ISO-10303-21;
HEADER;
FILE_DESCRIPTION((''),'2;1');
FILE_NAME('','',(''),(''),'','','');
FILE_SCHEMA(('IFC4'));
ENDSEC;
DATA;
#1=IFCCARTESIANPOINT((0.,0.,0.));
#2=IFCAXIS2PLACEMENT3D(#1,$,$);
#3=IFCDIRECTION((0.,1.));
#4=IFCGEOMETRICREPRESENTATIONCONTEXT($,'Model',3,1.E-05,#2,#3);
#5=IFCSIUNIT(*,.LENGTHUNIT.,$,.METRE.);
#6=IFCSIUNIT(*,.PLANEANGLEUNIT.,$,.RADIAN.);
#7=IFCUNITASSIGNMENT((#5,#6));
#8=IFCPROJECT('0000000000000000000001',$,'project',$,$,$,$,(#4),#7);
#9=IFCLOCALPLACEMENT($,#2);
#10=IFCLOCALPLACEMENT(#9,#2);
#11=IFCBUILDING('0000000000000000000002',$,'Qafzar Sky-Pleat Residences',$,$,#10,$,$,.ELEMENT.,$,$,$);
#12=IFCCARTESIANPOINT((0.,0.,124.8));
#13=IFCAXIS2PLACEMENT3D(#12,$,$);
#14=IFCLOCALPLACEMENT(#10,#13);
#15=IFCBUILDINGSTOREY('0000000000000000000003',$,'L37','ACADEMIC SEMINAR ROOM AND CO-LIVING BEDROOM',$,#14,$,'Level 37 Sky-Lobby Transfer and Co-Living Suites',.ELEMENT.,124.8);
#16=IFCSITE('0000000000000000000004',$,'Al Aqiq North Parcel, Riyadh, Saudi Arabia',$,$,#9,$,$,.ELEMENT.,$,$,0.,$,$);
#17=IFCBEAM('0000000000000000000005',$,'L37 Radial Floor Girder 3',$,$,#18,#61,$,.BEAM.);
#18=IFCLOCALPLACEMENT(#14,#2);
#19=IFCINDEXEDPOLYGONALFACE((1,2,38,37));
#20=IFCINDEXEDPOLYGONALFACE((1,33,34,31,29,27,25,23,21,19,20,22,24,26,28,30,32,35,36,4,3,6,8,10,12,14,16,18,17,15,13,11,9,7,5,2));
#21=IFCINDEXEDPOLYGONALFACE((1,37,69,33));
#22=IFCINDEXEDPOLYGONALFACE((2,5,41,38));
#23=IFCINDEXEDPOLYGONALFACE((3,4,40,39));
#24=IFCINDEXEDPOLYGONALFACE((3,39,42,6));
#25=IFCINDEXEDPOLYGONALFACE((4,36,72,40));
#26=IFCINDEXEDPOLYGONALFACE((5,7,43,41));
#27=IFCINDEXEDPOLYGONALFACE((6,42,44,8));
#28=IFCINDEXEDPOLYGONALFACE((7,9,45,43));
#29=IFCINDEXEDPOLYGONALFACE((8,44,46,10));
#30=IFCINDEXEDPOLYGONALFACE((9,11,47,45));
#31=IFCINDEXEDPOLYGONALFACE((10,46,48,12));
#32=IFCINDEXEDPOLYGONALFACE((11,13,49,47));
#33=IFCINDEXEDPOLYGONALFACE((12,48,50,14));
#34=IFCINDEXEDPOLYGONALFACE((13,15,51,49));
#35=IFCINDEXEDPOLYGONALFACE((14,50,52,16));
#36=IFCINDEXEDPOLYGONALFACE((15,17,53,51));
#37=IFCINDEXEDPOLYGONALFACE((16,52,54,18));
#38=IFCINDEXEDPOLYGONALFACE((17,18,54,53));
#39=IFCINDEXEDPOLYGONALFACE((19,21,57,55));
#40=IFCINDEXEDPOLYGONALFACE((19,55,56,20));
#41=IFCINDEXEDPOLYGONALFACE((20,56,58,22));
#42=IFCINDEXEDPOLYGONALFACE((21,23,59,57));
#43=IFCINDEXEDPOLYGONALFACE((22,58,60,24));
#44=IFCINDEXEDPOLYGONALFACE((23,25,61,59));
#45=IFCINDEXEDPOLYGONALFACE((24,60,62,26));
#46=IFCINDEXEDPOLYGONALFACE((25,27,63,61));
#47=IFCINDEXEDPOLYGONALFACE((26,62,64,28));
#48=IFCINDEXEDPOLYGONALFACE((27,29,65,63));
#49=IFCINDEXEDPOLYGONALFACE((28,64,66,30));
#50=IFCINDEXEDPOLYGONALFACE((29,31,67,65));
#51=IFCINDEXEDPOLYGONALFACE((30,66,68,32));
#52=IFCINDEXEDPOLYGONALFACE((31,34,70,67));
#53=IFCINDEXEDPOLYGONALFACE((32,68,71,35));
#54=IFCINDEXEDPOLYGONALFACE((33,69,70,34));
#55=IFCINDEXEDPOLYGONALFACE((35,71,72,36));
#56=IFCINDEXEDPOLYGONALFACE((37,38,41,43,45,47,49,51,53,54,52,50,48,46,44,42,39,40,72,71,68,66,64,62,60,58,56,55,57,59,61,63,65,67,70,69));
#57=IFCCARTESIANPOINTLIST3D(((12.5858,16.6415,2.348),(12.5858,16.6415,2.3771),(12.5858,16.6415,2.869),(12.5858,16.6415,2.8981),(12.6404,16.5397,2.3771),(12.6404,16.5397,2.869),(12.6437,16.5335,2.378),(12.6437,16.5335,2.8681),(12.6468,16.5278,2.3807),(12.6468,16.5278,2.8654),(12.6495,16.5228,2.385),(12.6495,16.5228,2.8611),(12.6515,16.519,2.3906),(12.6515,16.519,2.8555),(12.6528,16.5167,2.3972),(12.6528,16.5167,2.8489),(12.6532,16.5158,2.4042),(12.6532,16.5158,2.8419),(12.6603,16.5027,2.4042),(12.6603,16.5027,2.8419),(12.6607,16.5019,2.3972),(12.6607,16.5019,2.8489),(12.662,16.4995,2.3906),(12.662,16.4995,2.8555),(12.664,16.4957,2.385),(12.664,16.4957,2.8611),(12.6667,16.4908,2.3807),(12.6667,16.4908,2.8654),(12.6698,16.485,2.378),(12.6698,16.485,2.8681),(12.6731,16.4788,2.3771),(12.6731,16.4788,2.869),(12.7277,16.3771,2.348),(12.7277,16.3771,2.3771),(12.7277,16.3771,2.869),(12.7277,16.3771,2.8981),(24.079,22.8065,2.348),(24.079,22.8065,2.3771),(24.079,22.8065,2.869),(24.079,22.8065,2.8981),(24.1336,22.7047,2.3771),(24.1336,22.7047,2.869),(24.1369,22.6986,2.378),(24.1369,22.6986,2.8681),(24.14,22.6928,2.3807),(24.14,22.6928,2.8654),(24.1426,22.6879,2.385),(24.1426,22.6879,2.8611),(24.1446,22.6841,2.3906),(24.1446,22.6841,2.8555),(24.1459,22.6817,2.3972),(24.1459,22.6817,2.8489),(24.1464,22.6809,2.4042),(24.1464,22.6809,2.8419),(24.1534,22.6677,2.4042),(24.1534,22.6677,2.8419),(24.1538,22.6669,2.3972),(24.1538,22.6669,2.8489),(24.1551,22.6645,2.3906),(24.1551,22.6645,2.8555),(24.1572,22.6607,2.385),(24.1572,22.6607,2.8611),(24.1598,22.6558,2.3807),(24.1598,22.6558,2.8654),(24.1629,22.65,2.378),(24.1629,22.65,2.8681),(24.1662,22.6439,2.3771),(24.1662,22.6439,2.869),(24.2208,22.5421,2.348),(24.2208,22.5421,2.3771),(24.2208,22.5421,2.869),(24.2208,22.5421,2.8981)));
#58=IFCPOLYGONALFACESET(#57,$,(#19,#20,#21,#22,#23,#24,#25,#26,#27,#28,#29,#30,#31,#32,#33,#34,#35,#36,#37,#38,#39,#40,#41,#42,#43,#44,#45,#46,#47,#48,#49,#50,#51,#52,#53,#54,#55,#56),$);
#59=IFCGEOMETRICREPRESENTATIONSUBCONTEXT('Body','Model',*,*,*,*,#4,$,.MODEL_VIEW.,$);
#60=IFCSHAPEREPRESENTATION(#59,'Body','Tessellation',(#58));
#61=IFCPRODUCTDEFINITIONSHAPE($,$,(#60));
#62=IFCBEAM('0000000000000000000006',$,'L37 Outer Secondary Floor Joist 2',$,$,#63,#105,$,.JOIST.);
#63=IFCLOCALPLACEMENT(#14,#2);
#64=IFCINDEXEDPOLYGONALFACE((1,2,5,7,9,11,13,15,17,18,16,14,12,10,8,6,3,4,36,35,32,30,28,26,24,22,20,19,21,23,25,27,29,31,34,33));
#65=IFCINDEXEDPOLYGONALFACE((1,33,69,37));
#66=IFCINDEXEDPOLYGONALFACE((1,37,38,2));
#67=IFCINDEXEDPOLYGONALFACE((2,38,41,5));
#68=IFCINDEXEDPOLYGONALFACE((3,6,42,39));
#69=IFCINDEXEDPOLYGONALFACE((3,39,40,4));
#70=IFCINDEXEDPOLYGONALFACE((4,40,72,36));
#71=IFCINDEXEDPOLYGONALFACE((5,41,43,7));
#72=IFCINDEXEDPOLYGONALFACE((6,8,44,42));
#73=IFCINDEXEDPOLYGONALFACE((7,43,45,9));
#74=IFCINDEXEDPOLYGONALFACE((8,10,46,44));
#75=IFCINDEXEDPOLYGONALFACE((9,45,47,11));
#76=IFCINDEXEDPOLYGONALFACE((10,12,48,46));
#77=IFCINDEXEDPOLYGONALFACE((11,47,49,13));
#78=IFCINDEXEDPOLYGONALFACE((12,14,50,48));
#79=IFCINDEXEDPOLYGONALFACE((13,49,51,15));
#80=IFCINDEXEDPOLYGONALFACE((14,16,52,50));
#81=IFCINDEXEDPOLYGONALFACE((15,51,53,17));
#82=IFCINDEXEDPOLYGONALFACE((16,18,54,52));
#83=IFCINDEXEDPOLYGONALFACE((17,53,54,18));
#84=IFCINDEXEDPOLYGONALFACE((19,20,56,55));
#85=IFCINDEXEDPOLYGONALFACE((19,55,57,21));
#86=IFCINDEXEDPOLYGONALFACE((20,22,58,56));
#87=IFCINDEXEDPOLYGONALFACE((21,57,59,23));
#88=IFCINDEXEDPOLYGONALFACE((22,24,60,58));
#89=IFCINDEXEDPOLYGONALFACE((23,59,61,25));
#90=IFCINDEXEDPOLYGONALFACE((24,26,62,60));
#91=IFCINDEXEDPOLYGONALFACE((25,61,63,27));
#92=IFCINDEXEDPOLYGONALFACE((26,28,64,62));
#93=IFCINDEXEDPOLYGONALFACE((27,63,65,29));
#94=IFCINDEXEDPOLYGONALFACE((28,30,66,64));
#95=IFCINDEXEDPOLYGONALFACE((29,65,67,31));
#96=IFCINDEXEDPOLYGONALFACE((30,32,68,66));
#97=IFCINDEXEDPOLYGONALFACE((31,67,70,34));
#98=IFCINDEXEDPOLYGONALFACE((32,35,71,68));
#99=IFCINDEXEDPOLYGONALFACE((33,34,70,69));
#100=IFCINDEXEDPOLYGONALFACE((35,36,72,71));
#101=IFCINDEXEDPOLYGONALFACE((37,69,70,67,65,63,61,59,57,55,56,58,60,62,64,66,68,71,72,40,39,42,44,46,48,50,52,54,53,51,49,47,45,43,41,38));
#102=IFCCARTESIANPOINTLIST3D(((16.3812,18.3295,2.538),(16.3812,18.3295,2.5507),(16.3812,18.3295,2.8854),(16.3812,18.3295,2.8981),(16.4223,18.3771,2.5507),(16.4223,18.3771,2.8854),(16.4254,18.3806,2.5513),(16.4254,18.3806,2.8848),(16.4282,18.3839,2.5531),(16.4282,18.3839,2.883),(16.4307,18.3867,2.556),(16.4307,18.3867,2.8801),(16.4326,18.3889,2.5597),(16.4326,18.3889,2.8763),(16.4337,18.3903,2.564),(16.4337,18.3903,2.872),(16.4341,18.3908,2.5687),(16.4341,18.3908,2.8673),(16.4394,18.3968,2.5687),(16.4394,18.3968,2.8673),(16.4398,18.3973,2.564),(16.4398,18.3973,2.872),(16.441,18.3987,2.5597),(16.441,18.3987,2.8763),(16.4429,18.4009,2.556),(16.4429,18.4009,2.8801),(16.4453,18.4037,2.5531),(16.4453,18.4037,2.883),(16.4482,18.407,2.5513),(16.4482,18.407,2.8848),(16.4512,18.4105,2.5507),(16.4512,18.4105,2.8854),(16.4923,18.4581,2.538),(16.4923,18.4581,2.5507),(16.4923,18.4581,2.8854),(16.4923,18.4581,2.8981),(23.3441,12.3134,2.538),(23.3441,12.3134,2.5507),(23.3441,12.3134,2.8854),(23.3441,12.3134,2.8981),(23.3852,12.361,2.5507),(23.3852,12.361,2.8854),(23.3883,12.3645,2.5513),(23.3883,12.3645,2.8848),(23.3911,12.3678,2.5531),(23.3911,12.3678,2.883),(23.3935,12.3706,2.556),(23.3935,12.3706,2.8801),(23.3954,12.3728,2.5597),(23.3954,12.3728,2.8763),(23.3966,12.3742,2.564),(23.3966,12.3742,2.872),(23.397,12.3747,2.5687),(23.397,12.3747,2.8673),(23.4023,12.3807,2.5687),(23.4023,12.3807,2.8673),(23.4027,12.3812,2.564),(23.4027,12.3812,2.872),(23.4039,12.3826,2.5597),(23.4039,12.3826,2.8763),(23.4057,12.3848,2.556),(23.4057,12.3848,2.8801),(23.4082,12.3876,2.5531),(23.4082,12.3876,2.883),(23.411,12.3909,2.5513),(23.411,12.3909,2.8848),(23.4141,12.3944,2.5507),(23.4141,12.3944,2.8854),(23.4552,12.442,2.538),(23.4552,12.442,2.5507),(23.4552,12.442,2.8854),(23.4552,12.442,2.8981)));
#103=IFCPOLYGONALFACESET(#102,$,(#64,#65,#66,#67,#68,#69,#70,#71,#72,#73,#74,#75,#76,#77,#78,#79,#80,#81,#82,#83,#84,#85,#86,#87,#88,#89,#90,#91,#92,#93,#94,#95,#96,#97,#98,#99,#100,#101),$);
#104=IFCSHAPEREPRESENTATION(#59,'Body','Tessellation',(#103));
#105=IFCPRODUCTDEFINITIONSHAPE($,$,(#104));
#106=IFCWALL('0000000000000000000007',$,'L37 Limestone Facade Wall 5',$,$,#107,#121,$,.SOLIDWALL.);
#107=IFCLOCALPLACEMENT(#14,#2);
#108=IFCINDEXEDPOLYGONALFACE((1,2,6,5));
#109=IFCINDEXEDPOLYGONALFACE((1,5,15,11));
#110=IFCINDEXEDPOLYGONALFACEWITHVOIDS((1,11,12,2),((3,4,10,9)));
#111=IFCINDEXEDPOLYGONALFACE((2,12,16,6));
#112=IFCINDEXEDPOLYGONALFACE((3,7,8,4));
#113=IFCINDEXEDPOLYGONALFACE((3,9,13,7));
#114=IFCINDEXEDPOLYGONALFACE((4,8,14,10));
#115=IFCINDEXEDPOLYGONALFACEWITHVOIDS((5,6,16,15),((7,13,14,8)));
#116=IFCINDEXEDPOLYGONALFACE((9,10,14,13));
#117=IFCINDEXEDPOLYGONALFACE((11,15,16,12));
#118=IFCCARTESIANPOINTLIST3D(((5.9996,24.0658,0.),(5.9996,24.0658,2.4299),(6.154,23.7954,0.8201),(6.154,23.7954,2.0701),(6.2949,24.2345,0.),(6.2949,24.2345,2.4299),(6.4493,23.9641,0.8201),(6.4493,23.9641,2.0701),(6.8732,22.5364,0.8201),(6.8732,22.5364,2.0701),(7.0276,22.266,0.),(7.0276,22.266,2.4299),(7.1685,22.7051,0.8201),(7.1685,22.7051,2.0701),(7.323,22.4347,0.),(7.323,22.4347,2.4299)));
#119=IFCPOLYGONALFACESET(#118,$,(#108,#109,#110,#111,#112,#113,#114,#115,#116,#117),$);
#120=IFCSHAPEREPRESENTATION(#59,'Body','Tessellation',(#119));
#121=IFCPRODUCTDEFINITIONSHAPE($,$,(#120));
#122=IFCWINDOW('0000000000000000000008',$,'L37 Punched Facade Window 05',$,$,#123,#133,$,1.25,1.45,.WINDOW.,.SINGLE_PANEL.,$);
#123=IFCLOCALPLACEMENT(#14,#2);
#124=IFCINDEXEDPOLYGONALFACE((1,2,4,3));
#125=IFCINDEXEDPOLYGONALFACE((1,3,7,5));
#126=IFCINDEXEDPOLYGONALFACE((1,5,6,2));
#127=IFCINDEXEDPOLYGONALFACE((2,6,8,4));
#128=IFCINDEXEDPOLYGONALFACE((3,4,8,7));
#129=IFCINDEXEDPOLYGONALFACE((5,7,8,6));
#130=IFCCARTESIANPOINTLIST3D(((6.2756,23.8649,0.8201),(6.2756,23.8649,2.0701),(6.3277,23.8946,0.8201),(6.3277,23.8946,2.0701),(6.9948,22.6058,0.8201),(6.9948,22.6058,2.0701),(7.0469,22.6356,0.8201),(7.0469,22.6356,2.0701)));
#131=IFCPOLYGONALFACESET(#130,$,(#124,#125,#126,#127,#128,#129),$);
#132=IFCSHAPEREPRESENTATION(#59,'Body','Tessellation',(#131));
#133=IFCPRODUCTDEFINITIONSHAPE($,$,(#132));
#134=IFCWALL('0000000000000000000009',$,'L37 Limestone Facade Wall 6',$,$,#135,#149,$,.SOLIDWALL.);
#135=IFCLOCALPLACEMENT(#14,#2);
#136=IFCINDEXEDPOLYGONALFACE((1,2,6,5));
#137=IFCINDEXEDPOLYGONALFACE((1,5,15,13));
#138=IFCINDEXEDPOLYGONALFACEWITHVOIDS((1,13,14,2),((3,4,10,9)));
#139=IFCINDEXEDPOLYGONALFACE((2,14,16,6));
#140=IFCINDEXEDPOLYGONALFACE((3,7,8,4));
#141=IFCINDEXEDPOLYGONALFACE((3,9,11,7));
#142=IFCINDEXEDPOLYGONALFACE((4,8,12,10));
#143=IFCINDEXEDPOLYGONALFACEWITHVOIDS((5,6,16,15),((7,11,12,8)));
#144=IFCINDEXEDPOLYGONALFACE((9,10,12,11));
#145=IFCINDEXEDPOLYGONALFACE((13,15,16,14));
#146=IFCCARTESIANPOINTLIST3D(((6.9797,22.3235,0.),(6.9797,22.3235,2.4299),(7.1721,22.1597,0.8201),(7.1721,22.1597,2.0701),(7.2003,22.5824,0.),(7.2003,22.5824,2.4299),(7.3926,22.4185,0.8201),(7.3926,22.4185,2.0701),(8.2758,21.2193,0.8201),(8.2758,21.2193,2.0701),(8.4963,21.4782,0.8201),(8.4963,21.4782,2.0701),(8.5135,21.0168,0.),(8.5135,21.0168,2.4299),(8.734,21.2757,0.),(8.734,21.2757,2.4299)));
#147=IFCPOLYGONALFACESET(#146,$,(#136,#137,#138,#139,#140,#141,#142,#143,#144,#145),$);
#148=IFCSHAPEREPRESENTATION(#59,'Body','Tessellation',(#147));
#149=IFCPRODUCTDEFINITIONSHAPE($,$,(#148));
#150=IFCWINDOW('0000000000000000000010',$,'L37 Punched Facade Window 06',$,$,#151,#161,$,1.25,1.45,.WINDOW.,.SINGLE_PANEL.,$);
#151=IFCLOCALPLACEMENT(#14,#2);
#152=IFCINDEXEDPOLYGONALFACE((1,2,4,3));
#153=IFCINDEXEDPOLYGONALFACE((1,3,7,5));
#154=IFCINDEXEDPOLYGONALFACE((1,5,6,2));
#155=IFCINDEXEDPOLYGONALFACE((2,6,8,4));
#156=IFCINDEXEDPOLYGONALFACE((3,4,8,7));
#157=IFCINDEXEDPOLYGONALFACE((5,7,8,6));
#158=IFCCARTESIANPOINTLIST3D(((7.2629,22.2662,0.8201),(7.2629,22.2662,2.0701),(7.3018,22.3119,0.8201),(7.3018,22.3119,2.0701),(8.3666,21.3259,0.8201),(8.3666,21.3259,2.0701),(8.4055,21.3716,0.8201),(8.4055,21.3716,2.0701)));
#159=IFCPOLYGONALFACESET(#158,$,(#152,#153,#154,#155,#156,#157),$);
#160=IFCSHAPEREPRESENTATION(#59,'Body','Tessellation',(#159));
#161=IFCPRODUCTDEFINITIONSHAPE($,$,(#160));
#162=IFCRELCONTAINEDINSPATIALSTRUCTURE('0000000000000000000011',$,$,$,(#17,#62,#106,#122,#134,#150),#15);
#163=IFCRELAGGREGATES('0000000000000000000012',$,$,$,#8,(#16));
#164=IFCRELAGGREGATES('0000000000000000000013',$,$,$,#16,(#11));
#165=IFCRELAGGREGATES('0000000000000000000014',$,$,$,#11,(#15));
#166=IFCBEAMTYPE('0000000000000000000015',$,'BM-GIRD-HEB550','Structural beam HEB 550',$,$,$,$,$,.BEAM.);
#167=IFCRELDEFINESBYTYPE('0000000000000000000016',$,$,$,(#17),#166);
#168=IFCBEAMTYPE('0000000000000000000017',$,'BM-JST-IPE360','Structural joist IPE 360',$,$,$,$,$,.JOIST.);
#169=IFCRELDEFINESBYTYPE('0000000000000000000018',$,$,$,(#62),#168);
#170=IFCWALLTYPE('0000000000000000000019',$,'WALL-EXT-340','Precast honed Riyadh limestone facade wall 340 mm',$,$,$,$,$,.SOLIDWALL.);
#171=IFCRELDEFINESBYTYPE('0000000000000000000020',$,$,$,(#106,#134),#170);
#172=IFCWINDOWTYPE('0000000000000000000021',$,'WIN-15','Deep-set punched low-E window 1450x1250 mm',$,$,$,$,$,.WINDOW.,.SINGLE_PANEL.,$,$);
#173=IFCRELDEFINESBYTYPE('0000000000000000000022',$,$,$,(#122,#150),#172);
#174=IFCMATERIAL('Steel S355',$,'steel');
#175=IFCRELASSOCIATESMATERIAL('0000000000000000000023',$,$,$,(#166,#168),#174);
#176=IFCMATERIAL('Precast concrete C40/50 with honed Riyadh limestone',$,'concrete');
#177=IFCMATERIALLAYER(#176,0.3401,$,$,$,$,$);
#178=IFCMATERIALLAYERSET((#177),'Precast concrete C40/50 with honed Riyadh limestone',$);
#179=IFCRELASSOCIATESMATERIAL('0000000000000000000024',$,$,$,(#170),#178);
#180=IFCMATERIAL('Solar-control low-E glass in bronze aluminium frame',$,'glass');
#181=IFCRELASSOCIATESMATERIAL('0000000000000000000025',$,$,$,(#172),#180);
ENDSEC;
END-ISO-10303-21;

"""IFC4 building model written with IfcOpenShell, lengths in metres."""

from ifc_helpers import new_model, si_unit, direction, frame, frame_2d, origin, origin_2d, place, context, subcontext, project, spatial, rectangle, i_section, extrude, source, transform, mapped, material, layer, layer_set, material_profile, profile_set, type_object, element, fill, save


model = new_model("IFC4")

# Units and contexts
model_context = context("Model", 3, precision=1e-05, world=origin(), true_north=direction((0.0, 1.0)))
body_context = subcontext(model_context, "Body", "Model", "MODEL_VIEW")
ifc_project = project(units=[si_unit("LENGTHUNIT", "METRE"), si_unit("PLANEANGLEUNIT", "RADIAN")], contexts=[model_context])

# Site, building, storey
site_placement = place(None, origin())
site = spatial("IfcSite", under=ifc_project, at=site_placement, Name="Al Aqiq North Parcel, Riyadh, Saudi Arabia", CompositionType="ELEMENT", RefElevation=0.0)
building_placement = place(site_placement, origin())
building = spatial("IfcBuilding", under=site, at=building_placement, Name="Qafzar Sky-Pleat Residences", CompositionType="ELEMENT")
storey_placement = place(building_placement, frame((0.0, 0.0, 124.8)))
storey = spatial("IfcBuildingStorey", under=building, at=storey_placement, Name="L37", Description="ACADEMIC SEMINAR ROOM AND CO-LIVING BEDROOM", LongName="Level 37 Sky-Lobby Transfer and Co-Living Suites", CompositionType="ELEMENT", Elevation=124.8)

# Beams
ifc_material_1 = material(Name="Steel S355", Category="steel")
ifc_material_profile_1 = material_profile(ifc_material_1, i_section(OverallWidth=0.3, OverallDepth=0.55, WebThickness=0.0149, FlangeThickness=0.0291, FilletRadius=0.0271, at=origin_2d()), Name="HEB 550")
ifc_profile_set_1 = profile_set([ifc_material_profile_1], Name="Steel S355")
beam_type_1 = type_object("IfcBeamType", Name="BM-GIRD-HEB550", Description="Structural beam HEB 550", PredefinedType="BEAM", material=ifc_profile_set_1)
shared_shape_1 = source(origin(), body_context, "Body", "SweptSolid", [
    extrude(i_section(OverallWidth=0.3, OverallDepth=0.55, WebThickness=0.0149, FlangeThickness=0.0291, FilletRadius=0.0271, at=origin_2d()), origin(), (0.0, 0.0, 1.0), 13.0422),
])
beam_1_placement = place(storey_placement, frame((12.6567, 16.5093, 2.623), z_axis=(0.881225, 0.472697, 0.0), x_axis=(-0.472697, 0.881225, 0.0)))
element("IfcBeam", 1, at=beam_1_placement, inside=storey, type_object=beam_type_1, Name="L37 Radial Floor Girder 3", PredefinedType="BEAM", context=body_context, shape_type="MappedRepresentation", body=[
    mapped(shared_shape_1, transform((0.0, 0.0, 0.0), x_axis=(1.0, 0.0, 0.0), y_axis=(0.0, 1.0, 0.0), z_axis=(0.0, 0.0, 1.0), scale=1.0)),
])
ifc_material_profile_2 = material_profile(ifc_material_1, i_section(OverallWidth=0.1699, OverallDepth=0.3601, WebThickness=0.0081, FlangeThickness=0.0127, FilletRadius=0.0181, at=origin_2d()), Name="IPE 360")
ifc_profile_set_2 = profile_set([ifc_material_profile_2], Name="Steel S355")
beam_type_2 = type_object("IfcBeamType", Name="BM-JST-IPE360", Description="Structural joist IPE 360", PredefinedType="JOIST", material=ifc_profile_set_2)
shared_shape_2 = source(origin(), body_context, "Body", "SweptSolid", [
    extrude(i_section(OverallWidth=0.1699, OverallDepth=0.3601, WebThickness=0.0081, FlangeThickness=0.0127, FilletRadius=0.0181, at=origin_2d()), origin(), (0.0, 0.0, 1.0), 9.2019),
])
beam_2_placement = place(storey_placement, frame((16.4368, 18.3938, 2.718), z_axis=(0.756677, -0.653788, 0.0), x_axis=(0.653788, 0.756677, 0.0)))
element("IfcBeam", 2, at=beam_2_placement, inside=storey, type_object=beam_type_2, Name="L37 Outer Secondary Floor Joist 2", PredefinedType="JOIST", context=body_context, shape_type="MappedRepresentation", body=[
    mapped(shared_shape_2, transform((0.0, 0.0, 0.0), x_axis=(1.0, 0.0, 0.0), y_axis=(0.0, 1.0, 0.0), z_axis=(0.0, 0.0, 1.0), scale=1.0)),
])

# Walls, openings, windows
ifc_material_2 = material(Name="Precast concrete C40/50 with honed Riyadh limestone", Category="concrete")
ifc_layer_1 = layer(ifc_material_2, 0.3401)
ifc_layer_set_1 = layer_set([ifc_layer_1], Name="Precast concrete C40/50 with honed Riyadh limestone")
wall_type_1 = type_object("IfcWallType", Name="WALL-EXT-340", Description="Precast honed Riyadh limestone facade wall 340 mm", PredefinedType="SOLIDWALL", material=ifc_layer_set_1)
wall_1_placement = place(storey_placement, frame((6.1472, 24.1501, 0.0), z_axis=(0.0, 0.0, 1.0), x_axis=(0.495999, -0.868323, 0.0)))
wall_1 = element("IfcWall", 3, at=wall_1_placement, inside=storey, type_object=wall_type_1, Name="L37 Limestone Facade Wall 5", PredefinedType="SOLIDWALL", context=body_context, shape_type="SweptSolid", body=[
    extrude(rectangle(XDim=2.0728, YDim=0.3401, at=frame_2d((1.0364, 0.0))), origin(), (0.0, 0.0, 1.0), 2.4299),
])
opening_1_placement = place(wall_1_placement, frame((0.3113, 0.0, 0.8201)))
opening_1 = element("IfcOpeningElement", 4, at=opening_1_placement, cuts=wall_1, PredefinedType="OPENING", context=body_context, shape_type="SweptSolid", body=[
    extrude(rectangle(XDim=1.45, YDim=1.25, at=frame_2d((0.7251, 0.625))), frame((0.0, 0.1802, 0.0), z_axis=(0.0, -1.0, 0.0), x_axis=(1.0, 0.0, 0.0)), (0.0, 0.0, 1.0), 0.3601),
])
ifc_material_3 = material(Name="Solar-control low-E glass in bronze aluminium frame", Category="glass")
window_type_1 = type_object("IfcWindowType", Name="WIN-15", Description="Deep-set punched low-E window 1450x1250 mm", PartitioningType="SINGLE_PANEL", PredefinedType="WINDOW", material=ifc_material_3)
shared_shape_3 = source(origin(), body_context, "Body", "SweptSolid", [
    extrude(rectangle(XDim=1.45, YDim=1.25, at=frame_2d((0.7251, 0.625))), frame((0.0, 0.03, 0.0), z_axis=(0.0, -1.0, 0.0), x_axis=(1.0, 0.0, 0.0)), (0.0, 0.0, 1.0), 0.0601),
])
window_1_placement = place(opening_1_placement, origin())
window_1 = element("IfcWindow", 5, at=window_1_placement, inside=storey, type_object=window_type_1, Name="L37 Punched Facade Window 05", OverallHeight=1.25, OverallWidth=1.45, PartitioningType="SINGLE_PANEL", PredefinedType="WINDOW", context=body_context, shape_type="MappedRepresentation", body=[
    mapped(shared_shape_3, transform((0.0, 0.0, 0.0), x_axis=(1.0, 0.0, 0.0), y_axis=(0.0, 1.0, 0.0), z_axis=(0.0, 0.0, 1.0), scale=1.0)),
])
fill(opening_1, window_1)
wall_2_placement = place(storey_placement, frame((7.0901, 22.4529, 0.0), z_axis=(0.0, 0.0, 1.0), x_axis=(0.761203, -0.648513, 0.0)))
wall_2 = element("IfcWall", 6, at=wall_2_placement, inside=storey, type_object=wall_type_1, Name="L37 Limestone Facade Wall 6", PredefinedType="SOLIDWALL", context=body_context, shape_type="SweptSolid", body=[
    extrude(rectangle(XDim=2.0149, YDim=0.3401, at=frame_2d((1.0073, 0.0))), origin(), (0.0, 0.0, 1.0), 2.4299),
])
opening_2_placement = place(wall_2_placement, frame((0.2524, 0.0, 0.8201)))
opening_2 = element("IfcOpeningElement", 7, at=opening_2_placement, cuts=wall_2, PredefinedType="OPENING", context=body_context, shape_type="SweptSolid", body=[
    extrude(rectangle(XDim=1.45, YDim=1.25, at=frame_2d((0.7251, 0.625))), frame((0.0, 0.1802, 0.0), z_axis=(0.0, -1.0, 0.0), x_axis=(1.0, 0.0, 0.0)), (0.0, 0.0, 1.0), 0.3601),
])
window_2_placement = place(opening_2_placement, origin())
window_2 = element("IfcWindow", 8, at=window_2_placement, inside=storey, type_object=window_type_1, Name="L37 Punched Facade Window 06", OverallHeight=1.25, OverallWidth=1.45, PartitioningType="SINGLE_PANEL", PredefinedType="WINDOW", context=body_context, shape_type="MappedRepresentation", body=[
    mapped(shared_shape_3, transform((0.0, 0.0, 0.0), x_axis=(1.0, 0.0, 0.0), y_axis=(0.0, 1.0, 0.0), z_axis=(0.0, 0.0, 1.0), scale=1.0)),
])
fill(opening_2, window_2)

save(model, "model.ifc")
